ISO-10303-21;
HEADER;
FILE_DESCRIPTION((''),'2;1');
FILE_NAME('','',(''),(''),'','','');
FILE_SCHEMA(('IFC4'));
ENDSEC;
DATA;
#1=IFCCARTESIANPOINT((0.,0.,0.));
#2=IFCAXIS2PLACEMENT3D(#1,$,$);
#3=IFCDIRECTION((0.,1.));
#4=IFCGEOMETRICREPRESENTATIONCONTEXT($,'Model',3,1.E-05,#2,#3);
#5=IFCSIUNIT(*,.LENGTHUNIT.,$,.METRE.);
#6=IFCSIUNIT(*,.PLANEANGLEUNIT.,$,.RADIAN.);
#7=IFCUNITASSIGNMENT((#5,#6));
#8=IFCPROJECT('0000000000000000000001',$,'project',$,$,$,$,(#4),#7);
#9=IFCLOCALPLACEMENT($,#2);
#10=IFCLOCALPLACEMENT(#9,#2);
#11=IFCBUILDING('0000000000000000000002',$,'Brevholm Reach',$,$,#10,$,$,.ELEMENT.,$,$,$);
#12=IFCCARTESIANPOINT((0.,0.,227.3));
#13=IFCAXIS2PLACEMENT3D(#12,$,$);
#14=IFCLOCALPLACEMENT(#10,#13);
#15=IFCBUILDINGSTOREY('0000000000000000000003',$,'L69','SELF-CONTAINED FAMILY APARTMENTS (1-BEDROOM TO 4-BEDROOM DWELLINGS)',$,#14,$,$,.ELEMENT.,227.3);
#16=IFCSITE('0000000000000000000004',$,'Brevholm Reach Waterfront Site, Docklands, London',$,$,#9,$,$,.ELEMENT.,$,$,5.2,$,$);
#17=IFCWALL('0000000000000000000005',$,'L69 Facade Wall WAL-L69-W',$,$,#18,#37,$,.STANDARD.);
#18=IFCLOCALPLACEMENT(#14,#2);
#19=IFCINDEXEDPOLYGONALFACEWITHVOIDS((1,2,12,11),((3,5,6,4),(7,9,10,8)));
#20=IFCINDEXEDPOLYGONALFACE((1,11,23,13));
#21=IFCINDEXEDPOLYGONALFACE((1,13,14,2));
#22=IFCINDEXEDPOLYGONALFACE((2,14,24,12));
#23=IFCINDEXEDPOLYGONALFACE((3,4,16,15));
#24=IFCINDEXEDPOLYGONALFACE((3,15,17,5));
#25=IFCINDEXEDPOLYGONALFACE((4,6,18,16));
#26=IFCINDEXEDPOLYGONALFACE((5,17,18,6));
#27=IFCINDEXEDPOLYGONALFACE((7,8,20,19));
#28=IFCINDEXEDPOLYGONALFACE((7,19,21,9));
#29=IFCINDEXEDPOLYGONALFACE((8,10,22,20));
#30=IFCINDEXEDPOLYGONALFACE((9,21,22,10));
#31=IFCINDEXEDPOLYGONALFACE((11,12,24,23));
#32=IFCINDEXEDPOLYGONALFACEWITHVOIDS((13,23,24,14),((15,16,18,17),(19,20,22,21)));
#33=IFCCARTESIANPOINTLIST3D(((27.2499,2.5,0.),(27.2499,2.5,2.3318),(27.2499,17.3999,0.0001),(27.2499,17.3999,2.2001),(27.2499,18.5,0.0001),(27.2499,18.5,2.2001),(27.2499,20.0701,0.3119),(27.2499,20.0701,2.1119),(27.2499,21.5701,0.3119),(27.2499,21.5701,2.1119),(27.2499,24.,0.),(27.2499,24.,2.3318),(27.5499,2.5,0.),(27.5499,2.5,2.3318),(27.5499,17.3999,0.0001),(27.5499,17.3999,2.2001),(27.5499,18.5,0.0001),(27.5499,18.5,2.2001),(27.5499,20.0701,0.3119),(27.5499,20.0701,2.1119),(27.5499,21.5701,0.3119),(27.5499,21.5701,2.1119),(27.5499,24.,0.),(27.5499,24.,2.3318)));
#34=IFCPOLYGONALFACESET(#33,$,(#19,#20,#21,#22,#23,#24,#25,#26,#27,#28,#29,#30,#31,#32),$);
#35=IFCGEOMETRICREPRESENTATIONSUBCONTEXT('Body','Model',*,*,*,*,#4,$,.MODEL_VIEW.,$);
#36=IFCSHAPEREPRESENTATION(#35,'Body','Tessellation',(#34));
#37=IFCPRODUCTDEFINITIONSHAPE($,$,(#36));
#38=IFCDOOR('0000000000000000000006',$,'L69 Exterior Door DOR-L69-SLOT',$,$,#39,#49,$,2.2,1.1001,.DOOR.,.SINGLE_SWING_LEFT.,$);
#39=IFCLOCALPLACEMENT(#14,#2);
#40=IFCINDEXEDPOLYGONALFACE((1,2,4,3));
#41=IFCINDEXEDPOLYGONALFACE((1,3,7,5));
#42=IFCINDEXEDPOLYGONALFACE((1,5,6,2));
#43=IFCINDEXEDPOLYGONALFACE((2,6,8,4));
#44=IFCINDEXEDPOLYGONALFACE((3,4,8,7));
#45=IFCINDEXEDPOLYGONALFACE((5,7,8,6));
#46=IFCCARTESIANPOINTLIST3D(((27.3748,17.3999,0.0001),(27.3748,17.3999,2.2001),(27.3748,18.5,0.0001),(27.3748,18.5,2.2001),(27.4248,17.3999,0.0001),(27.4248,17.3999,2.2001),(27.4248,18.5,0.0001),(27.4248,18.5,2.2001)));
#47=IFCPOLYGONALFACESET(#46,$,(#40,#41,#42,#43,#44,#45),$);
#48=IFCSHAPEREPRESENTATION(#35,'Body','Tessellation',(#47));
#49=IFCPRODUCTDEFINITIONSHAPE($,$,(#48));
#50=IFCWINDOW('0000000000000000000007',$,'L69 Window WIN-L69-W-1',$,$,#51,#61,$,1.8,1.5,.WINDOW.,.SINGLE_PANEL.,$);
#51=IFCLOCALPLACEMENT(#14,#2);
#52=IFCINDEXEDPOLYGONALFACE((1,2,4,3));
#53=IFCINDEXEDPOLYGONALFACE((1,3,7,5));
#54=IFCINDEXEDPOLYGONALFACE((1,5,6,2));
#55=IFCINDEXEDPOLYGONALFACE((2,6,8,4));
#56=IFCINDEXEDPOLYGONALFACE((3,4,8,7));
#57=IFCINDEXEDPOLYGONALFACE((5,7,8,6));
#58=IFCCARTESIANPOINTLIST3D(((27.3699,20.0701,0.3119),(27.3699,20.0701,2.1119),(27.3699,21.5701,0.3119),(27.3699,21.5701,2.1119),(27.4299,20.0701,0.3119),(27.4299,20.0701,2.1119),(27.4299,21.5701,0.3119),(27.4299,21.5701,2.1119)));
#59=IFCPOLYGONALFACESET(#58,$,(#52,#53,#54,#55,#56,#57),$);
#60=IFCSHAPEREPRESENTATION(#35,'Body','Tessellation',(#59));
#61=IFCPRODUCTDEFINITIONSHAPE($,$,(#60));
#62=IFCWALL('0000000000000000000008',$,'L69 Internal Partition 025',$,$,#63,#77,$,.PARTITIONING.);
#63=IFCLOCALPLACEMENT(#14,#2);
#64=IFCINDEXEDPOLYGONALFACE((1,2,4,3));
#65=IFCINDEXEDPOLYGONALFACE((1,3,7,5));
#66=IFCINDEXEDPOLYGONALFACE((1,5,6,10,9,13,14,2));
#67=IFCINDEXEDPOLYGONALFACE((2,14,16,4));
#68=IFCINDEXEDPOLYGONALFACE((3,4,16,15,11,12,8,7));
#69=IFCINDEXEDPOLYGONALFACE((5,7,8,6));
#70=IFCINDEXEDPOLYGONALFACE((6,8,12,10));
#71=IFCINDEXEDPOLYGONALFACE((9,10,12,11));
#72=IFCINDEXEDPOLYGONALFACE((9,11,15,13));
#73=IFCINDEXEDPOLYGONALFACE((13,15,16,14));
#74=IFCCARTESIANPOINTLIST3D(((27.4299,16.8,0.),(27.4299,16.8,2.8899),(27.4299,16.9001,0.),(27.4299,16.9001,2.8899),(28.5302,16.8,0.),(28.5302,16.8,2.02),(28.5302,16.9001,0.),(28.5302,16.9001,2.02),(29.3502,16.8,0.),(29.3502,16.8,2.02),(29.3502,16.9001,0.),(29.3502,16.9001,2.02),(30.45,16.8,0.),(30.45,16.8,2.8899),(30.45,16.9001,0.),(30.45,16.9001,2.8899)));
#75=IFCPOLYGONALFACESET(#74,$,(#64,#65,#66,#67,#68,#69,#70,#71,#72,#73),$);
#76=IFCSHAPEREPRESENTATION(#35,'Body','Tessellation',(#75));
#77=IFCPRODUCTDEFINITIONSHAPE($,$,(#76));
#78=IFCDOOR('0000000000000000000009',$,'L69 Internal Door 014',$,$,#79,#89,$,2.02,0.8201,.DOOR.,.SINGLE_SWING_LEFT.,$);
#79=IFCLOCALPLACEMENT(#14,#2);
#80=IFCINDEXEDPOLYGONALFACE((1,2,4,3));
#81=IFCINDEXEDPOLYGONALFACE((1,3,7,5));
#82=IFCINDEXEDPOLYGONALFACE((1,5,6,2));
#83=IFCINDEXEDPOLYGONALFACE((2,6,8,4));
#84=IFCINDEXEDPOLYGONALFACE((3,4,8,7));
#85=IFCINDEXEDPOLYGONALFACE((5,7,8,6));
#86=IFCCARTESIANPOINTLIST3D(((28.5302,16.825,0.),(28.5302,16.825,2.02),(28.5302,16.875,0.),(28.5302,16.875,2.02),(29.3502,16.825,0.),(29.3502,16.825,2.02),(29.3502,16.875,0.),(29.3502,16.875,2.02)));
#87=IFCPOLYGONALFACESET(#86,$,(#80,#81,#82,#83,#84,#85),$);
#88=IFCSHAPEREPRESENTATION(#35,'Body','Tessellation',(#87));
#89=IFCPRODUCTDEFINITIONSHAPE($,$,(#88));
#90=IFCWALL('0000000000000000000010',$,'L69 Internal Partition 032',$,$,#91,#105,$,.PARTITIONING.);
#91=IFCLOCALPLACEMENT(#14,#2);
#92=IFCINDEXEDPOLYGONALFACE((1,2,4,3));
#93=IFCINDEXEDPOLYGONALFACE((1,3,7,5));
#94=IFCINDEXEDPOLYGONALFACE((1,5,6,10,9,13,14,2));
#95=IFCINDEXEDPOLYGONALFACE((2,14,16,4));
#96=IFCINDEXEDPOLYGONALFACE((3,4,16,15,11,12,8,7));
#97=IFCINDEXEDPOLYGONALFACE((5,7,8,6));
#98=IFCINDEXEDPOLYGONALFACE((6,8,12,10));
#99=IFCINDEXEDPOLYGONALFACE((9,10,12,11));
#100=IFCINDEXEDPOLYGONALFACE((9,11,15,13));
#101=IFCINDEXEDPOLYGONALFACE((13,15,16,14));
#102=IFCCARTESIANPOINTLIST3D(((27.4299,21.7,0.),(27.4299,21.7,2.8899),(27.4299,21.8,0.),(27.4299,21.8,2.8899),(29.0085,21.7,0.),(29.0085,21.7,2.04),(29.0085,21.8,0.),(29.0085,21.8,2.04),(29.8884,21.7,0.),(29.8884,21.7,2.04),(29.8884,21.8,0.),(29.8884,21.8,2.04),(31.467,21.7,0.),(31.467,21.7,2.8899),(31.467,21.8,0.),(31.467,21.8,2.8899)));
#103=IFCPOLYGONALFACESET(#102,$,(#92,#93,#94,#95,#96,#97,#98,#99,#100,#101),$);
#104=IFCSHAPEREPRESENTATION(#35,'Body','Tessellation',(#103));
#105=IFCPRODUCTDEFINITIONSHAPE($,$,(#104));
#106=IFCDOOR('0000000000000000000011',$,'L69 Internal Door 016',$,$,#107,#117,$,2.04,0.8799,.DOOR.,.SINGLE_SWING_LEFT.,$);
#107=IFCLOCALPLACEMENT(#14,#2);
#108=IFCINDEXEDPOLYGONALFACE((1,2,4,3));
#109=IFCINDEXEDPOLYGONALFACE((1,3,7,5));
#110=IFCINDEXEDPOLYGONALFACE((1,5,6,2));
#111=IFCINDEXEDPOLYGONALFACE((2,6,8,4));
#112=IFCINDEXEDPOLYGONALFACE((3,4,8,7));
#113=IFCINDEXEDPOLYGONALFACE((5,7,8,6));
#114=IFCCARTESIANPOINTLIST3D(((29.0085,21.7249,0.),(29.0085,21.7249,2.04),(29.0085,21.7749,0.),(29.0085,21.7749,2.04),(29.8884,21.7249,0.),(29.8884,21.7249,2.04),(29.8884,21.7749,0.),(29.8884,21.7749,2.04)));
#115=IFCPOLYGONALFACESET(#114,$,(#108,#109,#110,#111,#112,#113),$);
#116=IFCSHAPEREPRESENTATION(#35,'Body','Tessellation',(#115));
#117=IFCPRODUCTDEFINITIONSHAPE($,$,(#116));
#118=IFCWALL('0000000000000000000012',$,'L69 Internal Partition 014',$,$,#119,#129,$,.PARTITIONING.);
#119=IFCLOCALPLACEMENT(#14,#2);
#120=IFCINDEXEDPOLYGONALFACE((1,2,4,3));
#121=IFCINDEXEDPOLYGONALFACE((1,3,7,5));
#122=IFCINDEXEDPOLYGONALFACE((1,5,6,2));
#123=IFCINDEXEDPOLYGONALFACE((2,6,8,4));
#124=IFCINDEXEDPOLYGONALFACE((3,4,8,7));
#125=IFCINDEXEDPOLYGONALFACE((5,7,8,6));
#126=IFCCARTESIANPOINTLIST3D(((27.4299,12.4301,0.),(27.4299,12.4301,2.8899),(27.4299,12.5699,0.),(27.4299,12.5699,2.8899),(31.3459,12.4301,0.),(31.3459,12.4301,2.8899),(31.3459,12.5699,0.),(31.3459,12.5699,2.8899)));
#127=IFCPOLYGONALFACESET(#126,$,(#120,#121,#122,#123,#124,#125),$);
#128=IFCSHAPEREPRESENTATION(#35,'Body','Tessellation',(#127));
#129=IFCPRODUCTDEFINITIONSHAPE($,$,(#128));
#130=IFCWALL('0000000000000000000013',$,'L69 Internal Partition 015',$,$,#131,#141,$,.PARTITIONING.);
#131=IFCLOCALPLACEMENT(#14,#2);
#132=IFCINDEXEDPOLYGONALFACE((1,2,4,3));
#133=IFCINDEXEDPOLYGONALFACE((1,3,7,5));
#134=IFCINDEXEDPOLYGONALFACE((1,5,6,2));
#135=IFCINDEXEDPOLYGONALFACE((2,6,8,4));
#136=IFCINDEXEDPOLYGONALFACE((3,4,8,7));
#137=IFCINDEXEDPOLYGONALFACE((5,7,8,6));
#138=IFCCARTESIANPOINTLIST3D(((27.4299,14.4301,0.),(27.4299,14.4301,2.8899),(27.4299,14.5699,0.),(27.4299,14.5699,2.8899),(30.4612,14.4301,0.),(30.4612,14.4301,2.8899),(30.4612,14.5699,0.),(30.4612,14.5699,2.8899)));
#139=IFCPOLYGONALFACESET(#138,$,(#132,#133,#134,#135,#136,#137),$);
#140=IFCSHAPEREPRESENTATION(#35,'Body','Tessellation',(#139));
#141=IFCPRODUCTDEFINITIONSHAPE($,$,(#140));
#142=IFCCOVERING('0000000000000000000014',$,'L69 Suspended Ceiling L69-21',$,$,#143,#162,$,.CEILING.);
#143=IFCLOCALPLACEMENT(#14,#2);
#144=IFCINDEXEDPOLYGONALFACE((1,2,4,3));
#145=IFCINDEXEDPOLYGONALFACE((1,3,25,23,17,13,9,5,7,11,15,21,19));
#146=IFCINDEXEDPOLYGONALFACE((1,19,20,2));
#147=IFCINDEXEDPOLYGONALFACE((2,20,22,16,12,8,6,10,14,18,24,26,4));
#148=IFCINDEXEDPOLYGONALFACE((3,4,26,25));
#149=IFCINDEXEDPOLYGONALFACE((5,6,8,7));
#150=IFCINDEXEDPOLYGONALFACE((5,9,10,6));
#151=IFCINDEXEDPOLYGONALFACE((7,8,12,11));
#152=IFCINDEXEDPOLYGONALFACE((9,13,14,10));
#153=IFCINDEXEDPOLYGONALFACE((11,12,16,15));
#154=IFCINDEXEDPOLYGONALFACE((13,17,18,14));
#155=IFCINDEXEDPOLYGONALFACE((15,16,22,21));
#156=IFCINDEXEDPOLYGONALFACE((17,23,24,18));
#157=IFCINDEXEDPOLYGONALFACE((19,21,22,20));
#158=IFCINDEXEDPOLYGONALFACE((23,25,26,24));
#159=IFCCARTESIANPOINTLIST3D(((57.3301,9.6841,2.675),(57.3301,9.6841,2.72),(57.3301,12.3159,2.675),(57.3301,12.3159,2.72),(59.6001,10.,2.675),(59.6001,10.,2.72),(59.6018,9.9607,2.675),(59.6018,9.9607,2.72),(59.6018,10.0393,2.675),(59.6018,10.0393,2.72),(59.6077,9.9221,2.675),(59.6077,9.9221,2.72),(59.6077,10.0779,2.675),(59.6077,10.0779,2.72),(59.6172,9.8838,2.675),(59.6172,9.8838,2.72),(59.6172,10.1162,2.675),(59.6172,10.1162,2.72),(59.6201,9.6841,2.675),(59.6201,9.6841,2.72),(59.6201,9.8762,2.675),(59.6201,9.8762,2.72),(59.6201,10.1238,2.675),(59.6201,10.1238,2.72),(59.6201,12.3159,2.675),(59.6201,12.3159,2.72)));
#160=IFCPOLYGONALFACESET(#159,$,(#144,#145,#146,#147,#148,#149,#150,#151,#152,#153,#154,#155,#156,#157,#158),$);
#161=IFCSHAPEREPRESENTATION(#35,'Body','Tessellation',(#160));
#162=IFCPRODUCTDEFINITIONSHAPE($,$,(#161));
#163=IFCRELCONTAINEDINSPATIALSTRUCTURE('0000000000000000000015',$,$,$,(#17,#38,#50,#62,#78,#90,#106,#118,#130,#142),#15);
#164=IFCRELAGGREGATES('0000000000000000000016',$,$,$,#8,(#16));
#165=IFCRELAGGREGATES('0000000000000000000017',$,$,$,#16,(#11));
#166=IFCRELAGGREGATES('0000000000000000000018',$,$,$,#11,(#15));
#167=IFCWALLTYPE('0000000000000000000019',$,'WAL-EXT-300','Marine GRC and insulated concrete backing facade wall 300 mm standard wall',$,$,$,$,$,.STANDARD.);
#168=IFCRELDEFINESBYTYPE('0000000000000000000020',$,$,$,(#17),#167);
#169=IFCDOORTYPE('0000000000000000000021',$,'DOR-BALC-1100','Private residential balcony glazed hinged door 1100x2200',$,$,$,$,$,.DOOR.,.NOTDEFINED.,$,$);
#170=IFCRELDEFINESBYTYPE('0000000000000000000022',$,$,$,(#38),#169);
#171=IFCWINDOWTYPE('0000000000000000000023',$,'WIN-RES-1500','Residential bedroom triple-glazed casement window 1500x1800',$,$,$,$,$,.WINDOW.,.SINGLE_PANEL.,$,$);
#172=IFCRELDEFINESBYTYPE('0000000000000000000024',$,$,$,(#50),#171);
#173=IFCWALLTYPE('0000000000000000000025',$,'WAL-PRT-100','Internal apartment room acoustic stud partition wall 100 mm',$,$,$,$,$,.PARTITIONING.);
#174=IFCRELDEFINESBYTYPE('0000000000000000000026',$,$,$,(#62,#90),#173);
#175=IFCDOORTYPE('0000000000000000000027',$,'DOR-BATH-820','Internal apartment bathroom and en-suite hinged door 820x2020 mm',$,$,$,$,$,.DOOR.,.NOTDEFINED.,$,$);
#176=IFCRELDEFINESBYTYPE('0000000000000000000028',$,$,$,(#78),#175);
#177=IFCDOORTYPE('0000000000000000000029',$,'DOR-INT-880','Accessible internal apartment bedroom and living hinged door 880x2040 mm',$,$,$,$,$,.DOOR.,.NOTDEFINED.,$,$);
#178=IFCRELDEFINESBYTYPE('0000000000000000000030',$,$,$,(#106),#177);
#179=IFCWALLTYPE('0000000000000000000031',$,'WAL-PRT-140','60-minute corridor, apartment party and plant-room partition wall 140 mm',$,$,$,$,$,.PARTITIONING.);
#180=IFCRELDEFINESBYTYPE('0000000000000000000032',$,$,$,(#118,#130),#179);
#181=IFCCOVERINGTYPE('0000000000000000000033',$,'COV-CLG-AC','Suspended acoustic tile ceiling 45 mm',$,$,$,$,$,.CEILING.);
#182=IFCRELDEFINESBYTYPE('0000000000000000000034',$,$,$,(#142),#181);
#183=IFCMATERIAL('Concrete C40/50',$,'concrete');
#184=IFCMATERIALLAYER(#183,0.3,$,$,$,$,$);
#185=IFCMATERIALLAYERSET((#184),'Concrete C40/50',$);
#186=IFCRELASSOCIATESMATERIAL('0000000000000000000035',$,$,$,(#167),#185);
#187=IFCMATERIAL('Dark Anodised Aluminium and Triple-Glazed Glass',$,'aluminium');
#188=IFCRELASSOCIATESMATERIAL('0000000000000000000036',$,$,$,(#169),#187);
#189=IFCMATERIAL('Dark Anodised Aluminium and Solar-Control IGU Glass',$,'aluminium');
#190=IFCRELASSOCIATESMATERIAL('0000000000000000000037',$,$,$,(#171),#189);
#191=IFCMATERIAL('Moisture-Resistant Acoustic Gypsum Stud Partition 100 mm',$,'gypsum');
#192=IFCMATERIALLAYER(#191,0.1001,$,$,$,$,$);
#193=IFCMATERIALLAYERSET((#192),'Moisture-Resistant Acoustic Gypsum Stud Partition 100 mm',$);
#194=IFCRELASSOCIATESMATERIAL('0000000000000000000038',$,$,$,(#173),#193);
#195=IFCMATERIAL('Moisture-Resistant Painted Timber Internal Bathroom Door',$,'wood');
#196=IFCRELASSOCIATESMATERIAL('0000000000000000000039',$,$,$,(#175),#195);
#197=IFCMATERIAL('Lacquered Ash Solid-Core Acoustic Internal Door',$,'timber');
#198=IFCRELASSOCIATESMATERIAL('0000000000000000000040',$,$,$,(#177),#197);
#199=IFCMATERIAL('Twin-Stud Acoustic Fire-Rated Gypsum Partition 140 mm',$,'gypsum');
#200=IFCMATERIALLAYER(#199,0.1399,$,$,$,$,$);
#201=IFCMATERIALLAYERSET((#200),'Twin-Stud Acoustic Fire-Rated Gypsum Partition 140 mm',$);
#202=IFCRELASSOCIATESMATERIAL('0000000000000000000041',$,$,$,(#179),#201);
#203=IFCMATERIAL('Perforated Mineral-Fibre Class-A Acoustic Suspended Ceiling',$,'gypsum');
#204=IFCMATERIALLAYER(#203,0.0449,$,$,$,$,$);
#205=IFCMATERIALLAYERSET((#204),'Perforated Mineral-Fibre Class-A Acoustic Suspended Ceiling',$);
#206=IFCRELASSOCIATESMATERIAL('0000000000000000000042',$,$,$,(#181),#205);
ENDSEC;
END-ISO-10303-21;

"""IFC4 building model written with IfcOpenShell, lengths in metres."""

from ifc_helpers import new_model, si_unit, direction, frame, frame_2d, origin, place, context, subcontext, project, spatial, polyline, rectangle, outline, extrude, material, layer, layer_set, type_object, element, fill, save


model = new_model("IFC4")

# Units and contexts
model_context = context("Model", 3, precision=1e-05, world=origin(), true_north=direction((0.0, 1.0)))
body_context = subcontext(model_context, "Body", "Model", "MODEL_VIEW")
ifc_project = project(units=[si_unit("LENGTHUNIT", "METRE"), si_unit("PLANEANGLEUNIT", "RADIAN")], contexts=[model_context])

# Site, building, storey
site_placement = place(None, origin())
site = spatial("IfcSite", under=ifc_project, at=site_placement, Name="Brevholm Reach Waterfront Site, Docklands, London", CompositionType="ELEMENT", RefElevation=5.2)
building_placement = place(site_placement, origin())
building = spatial("IfcBuilding", under=site, at=building_placement, Name="Brevholm Reach", CompositionType="ELEMENT")
storey_placement = place(building_placement, frame((0.0, 0.0, 227.3)))
storey = spatial("IfcBuildingStorey", under=building, at=storey_placement, Name="L69", Description="SELF-CONTAINED FAMILY APARTMENTS (1-BEDROOM TO 4-BEDROOM DWELLINGS)", CompositionType="ELEMENT", Elevation=227.3)

# Shared definitions
ifc_material_1 = material(Name="Concrete C40/50", Category="concrete")
ifc_layer_1 = layer(ifc_material_1, 0.3)
ifc_layer_set_1 = layer_set([ifc_layer_1], Name="Concrete C40/50")
wall_type_1 = type_object("IfcWallType", Name="WAL-EXT-300", Description="Marine GRC and insulated concrete backing facade wall 300 mm standard wall", PredefinedType="STANDARD", material=ifc_layer_set_1)

# Wall, openings, door, window
wall_1_placement = place(storey_placement, frame((27.3999, 24.0, 0.0), z_axis=(0.0, 0.0, 1.0), x_axis=(0.0, -1.0, 0.0)))
wall_1 = element("IfcWall", 1, at=wall_1_placement, inside=storey, type_object=wall_type_1, Name="L69 Facade Wall WAL-L69-W", PredefinedType="STANDARD", context=body_context, shape_type="SweptSolid", body=[
    extrude(rectangle(XDim=21.5, YDim=0.3, at=frame_2d((10.75, 0.0))), origin(), (0.0, 0.0, 1.0), 2.3318),
])
opening_1_placement = place(wall_1_placement, frame((5.5, 0.0, 0.0)))
opening_1 = element("IfcOpeningElement", 2, at=opening_1_placement, cuts=wall_1, PredefinedType="OPENING", context=body_context, shape_type="SweptSolid", body=[
    extrude(rectangle(XDim=1.1001, YDim=2.2, at=frame_2d((0.55, 1.1001))), frame((0.0, 0.1599, 0.0), z_axis=(0.0, -1.0, 0.0), x_axis=(1.0, 0.0, 0.0)), (0.0, 0.0, 1.0), 0.3201),
])
opening_2_placement = place(wall_1_placement, frame((2.4299, 0.0, 0.312)))
opening_2 = element("IfcOpeningElement", 3, at=opening_2_placement, cuts=wall_1, PredefinedType="OPENING", context=body_context, shape_type="SweptSolid", body=[
    extrude(rectangle(XDim=1.5, YDim=1.8, at=frame_2d((0.75, 0.8999))), frame((0.0, 0.1599, 0.0), z_axis=(0.0, -1.0, 0.0), x_axis=(1.0, 0.0, 0.0)), (0.0, 0.0, 1.0), 0.3201),
])
ifc_material_2 = material(Name="Dark Anodised Aluminium and Triple-Glazed Glass", Category="aluminium")
door_type_1 = type_object("IfcDoorType", Name="DOR-BALC-1100", Description="Private residential balcony glazed hinged door 1100x2200", OperationType="NOTDEFINED", PredefinedType="DOOR", material=ifc_material_2)
door_1_placement = place(opening_1_placement, origin())
door_1 = element("IfcDoor", 4, at=door_1_placement, inside=storey, type_object=door_type_1, Name="L69 Exterior Door DOR-L69-SLOT", OperationType="SINGLE_SWING_LEFT", OverallHeight=2.2, OverallWidth=1.1001, PredefinedType="DOOR", context=body_context, shape_type="SweptSolid", body=[
    extrude(rectangle(XDim=1.1001, YDim=2.2, at=frame_2d((0.55, 1.1001))), frame((0.0, 0.0249, 0.0), z_axis=(0.0, -1.0, 0.0), x_axis=(1.0, 0.0, 0.0)), (0.0, 0.0, 1.0), 0.05),
])
fill(opening_1, door_1)
ifc_material_3 = material(Name="Dark Anodised Aluminium and Solar-Control IGU Glass", Category="aluminium")
window_type = type_object("IfcWindowType", Name="WIN-RES-1500", Description="Residential bedroom triple-glazed casement window 1500x1800", PartitioningType="SINGLE_PANEL", PredefinedType="WINDOW", material=ifc_material_3)
window_placement = place(opening_2_placement, origin())
window = element("IfcWindow", 5, at=window_placement, inside=storey, type_object=window_type, Name="L69 Window WIN-L69-W-1", OverallHeight=1.8, OverallWidth=1.5, PartitioningType="SINGLE_PANEL", PredefinedType="WINDOW", context=body_context, shape_type="SweptSolid", body=[
    extrude(rectangle(XDim=1.5, YDim=1.8, at=frame_2d((0.75, 0.8999))), frame((0.0, 0.03, 0.0), z_axis=(0.0, -1.0, 0.0), x_axis=(1.0, 0.0, 0.0)), (0.0, 0.0, 1.0), 0.0601),
])
fill(opening_2, window)

# Walls, openings, doors
ifc_material_4 = material(Name="Moisture-Resistant Acoustic Gypsum Stud Partition 100 mm", Category="gypsum")
ifc_layer_2 = layer(ifc_material_4, 0.1001)
ifc_layer_set_2 = layer_set([ifc_layer_2], Name="Moisture-Resistant Acoustic Gypsum Stud Partition 100 mm")
wall_type_2 = type_object("IfcWallType", Name="WAL-PRT-100", Description="Internal apartment room acoustic stud partition wall 100 mm", PredefinedType="PARTITIONING", material=ifc_layer_set_2)
wall_2_placement = place(storey_placement, frame((27.4299, 16.8501, 0.0), z_axis=(0.0, 0.0, 1.0), x_axis=(1.0, 0.0, 0.0)))
wall_2 = element("IfcWall", 6, at=wall_2_placement, inside=storey, type_object=wall_type_2, Name="L69 Internal Partition 025", PredefinedType="PARTITIONING", context=body_context, shape_type="SweptSolid", body=[
    extrude(rectangle(XDim=3.02, YDim=0.1001, at=frame_2d((1.51, 0.0))), origin(), (0.0, 0.0, 1.0), 2.8899),
])
opening_3_placement = place(wall_2_placement, frame((1.1001, 0.0, 0.0)))
opening_3 = element("IfcOpeningElement", 7, at=opening_3_placement, cuts=wall_2, PredefinedType="OPENING", context=body_context, shape_type="SweptSolid", body=[
    extrude(rectangle(XDim=0.8201, YDim=2.02, at=frame_2d((0.4102, 1.01))), frame((0.0, 0.0601, 0.0), z_axis=(0.0, -1.0, 0.0), x_axis=(1.0, 0.0, 0.0)), (0.0, 0.0, 1.0), 0.1201),
])
ifc_material_5 = material(Name="Moisture-Resistant Painted Timber Internal Bathroom Door", Category="wood")
door_type_2 = type_object("IfcDoorType", Name="DOR-BATH-820", Description="Internal apartment bathroom and en-suite hinged door 820x2020 mm", OperationType="NOTDEFINED", PredefinedType="DOOR", material=ifc_material_5)
door_2_placement = place(opening_3_placement, origin())
door_2 = element("IfcDoor", 8, at=door_2_placement, inside=storey, type_object=door_type_2, Name="L69 Internal Door 014", OperationType="SINGLE_SWING_LEFT", OverallHeight=2.02, OverallWidth=0.8201, PredefinedType="DOOR", context=body_context, shape_type="SweptSolid", body=[
    extrude(rectangle(XDim=0.8201, YDim=2.02, at=frame_2d((0.4102, 1.01))), frame((0.0, 0.0249, 0.0), z_axis=(0.0, -1.0, 0.0), x_axis=(1.0, 0.0, 0.0)), (0.0, 0.0, 1.0), 0.05),
])
fill(opening_3, door_2)
wall_3_placement = place(storey_placement, frame((27.4299, 21.75, 0.0), z_axis=(0.0, 0.0, 1.0), x_axis=(1.0, 0.0, 0.0)))
wall_3 = element("IfcWall", 9, at=wall_3_placement, inside=storey, type_object=wall_type_2, Name="L69 Internal Partition 032", PredefinedType="PARTITIONING", context=body_context, shape_type="SweptSolid", body=[
    extrude(rectangle(XDim=4.0371, YDim=0.1001, at=frame_2d((2.0186, 0.0))), origin(), (0.0, 0.0, 1.0), 2.8899),
])
opening_4_placement = place(wall_3_placement, frame((1.5786, 0.0, 0.0)))
opening_4 = element("IfcOpeningElement", 10, at=opening_4_placement, cuts=wall_3, PredefinedType="OPENING", context=body_context, shape_type="SweptSolid", body=[
    extrude(rectangle(XDim=0.8799, YDim=2.04, at=frame_2d((0.4399, 1.02))), frame((0.0, 0.0601, 0.0), z_axis=(0.0, -1.0, 0.0), x_axis=(1.0, 0.0, 0.0)), (0.0, 0.0, 1.0), 0.1201),
])
ifc_material_6 = material(Name="Lacquered Ash Solid-Core Acoustic Internal Door", Category="timber")
door_type_3 = type_object("IfcDoorType", Name="DOR-INT-880", Description="Accessible internal apartment bedroom and living hinged door 880x2040 mm", OperationType="NOTDEFINED", PredefinedType="DOOR", material=ifc_material_6)
door_3_placement = place(opening_4_placement, origin())
door_3 = element("IfcDoor", 11, at=door_3_placement, inside=storey, type_object=door_type_3, Name="L69 Internal Door 016", OperationType="SINGLE_SWING_LEFT", OverallHeight=2.04, OverallWidth=0.8799, PredefinedType="DOOR", context=body_context, shape_type="SweptSolid", body=[
    extrude(rectangle(XDim=0.8799, YDim=2.04, at=frame_2d((0.4399, 1.02))), frame((0.0, 0.0249, 0.0), z_axis=(0.0, -1.0, 0.0), x_axis=(1.0, 0.0, 0.0)), (0.0, 0.0, 1.0), 0.05),
])
fill(opening_4, door_3)

# Walls
ifc_material_7 = material(Name="Twin-Stud Acoustic Fire-Rated Gypsum Partition 140 mm", Category="gypsum")
ifc_layer_3 = layer(ifc_material_7, 0.1399)
ifc_layer_set_3 = layer_set([ifc_layer_3], Name="Twin-Stud Acoustic Fire-Rated Gypsum Partition 140 mm")
wall_type_3 = type_object("IfcWallType", Name="WAL-PRT-140", Description="60-minute corridor, apartment party and plant-room partition wall 140 mm", PredefinedType="PARTITIONING", material=ifc_layer_set_3)
wall_4_placement = place(storey_placement, frame((27.4299, 12.5, 0.0), z_axis=(0.0, 0.0, 1.0), x_axis=(1.0, 0.0, 0.0)))
element("IfcWall", 12, at=wall_4_placement, inside=storey, type_object=wall_type_3, Name="L69 Internal Partition 014", PredefinedType="PARTITIONING", context=body_context, shape_type="SweptSolid", body=[
    extrude(rectangle(XDim=3.916, YDim=0.1399, at=frame_2d((1.958, 0.0))), origin(), (0.0, 0.0, 1.0), 2.8899),
])
wall_5_placement = place(storey_placement, frame((27.4299, 14.5, 0.0), z_axis=(0.0, 0.0, 1.0), x_axis=(1.0, 0.0, 0.0)))
element("IfcWall", 13, at=wall_5_placement, inside=storey, type_object=wall_type_3, Name="L69 Internal Partition 015", PredefinedType="PARTITIONING", context=body_context, shape_type="SweptSolid", body=[
    extrude(rectangle(XDim=3.0312, YDim=0.1399, at=frame_2d((1.5156, 0.0))), origin(), (0.0, 0.0, 1.0), 2.8899),
])

# Covering
ifc_material_8 = material(Name="Perforated Mineral-Fibre Class-A Acoustic Suspended Ceiling", Category="gypsum")
ifc_layer_4 = layer(ifc_material_8, 0.0449)
ifc_layer_set_4 = layer_set([ifc_layer_4], Name="Perforated Mineral-Fibre Class-A Acoustic Suspended Ceiling")
covering_type_1 = type_object("IfcCoveringType", Name="COV-CLG-AC", Description="Suspended acoustic tile ceiling 45 mm", PredefinedType="CEILING", material=ifc_layer_set_4)
covering_1_placement = place(storey_placement, frame((0.0, 0.0, 2.675)))
element("IfcCovering", 14, at=covering_1_placement, inside=storey, type_object=covering_type_1, Name="L69 Suspended Ceiling L69-21", PredefinedType="CEILING", context=body_context, shape_type="SweptSolid", body=[
    extrude(outline(polyline([(57.3301, 12.3159), (59.6201, 12.3159), (59.6201, 10.1238), (59.6172, 10.1162), (59.6077, 10.0779), (59.6018, 10.0393), (59.6001, 10.0), (59.6018, 9.9607), (59.6077, 9.9221), (59.6172, 9.8838), (59.6201, 9.8762), (59.6201, 9.6841), (57.3301, 9.6841), (57.3301, 12.3159)])), origin(), (0.0, 0.0, 1.0), 0.0449),
])

save(model, "model.ifc")
